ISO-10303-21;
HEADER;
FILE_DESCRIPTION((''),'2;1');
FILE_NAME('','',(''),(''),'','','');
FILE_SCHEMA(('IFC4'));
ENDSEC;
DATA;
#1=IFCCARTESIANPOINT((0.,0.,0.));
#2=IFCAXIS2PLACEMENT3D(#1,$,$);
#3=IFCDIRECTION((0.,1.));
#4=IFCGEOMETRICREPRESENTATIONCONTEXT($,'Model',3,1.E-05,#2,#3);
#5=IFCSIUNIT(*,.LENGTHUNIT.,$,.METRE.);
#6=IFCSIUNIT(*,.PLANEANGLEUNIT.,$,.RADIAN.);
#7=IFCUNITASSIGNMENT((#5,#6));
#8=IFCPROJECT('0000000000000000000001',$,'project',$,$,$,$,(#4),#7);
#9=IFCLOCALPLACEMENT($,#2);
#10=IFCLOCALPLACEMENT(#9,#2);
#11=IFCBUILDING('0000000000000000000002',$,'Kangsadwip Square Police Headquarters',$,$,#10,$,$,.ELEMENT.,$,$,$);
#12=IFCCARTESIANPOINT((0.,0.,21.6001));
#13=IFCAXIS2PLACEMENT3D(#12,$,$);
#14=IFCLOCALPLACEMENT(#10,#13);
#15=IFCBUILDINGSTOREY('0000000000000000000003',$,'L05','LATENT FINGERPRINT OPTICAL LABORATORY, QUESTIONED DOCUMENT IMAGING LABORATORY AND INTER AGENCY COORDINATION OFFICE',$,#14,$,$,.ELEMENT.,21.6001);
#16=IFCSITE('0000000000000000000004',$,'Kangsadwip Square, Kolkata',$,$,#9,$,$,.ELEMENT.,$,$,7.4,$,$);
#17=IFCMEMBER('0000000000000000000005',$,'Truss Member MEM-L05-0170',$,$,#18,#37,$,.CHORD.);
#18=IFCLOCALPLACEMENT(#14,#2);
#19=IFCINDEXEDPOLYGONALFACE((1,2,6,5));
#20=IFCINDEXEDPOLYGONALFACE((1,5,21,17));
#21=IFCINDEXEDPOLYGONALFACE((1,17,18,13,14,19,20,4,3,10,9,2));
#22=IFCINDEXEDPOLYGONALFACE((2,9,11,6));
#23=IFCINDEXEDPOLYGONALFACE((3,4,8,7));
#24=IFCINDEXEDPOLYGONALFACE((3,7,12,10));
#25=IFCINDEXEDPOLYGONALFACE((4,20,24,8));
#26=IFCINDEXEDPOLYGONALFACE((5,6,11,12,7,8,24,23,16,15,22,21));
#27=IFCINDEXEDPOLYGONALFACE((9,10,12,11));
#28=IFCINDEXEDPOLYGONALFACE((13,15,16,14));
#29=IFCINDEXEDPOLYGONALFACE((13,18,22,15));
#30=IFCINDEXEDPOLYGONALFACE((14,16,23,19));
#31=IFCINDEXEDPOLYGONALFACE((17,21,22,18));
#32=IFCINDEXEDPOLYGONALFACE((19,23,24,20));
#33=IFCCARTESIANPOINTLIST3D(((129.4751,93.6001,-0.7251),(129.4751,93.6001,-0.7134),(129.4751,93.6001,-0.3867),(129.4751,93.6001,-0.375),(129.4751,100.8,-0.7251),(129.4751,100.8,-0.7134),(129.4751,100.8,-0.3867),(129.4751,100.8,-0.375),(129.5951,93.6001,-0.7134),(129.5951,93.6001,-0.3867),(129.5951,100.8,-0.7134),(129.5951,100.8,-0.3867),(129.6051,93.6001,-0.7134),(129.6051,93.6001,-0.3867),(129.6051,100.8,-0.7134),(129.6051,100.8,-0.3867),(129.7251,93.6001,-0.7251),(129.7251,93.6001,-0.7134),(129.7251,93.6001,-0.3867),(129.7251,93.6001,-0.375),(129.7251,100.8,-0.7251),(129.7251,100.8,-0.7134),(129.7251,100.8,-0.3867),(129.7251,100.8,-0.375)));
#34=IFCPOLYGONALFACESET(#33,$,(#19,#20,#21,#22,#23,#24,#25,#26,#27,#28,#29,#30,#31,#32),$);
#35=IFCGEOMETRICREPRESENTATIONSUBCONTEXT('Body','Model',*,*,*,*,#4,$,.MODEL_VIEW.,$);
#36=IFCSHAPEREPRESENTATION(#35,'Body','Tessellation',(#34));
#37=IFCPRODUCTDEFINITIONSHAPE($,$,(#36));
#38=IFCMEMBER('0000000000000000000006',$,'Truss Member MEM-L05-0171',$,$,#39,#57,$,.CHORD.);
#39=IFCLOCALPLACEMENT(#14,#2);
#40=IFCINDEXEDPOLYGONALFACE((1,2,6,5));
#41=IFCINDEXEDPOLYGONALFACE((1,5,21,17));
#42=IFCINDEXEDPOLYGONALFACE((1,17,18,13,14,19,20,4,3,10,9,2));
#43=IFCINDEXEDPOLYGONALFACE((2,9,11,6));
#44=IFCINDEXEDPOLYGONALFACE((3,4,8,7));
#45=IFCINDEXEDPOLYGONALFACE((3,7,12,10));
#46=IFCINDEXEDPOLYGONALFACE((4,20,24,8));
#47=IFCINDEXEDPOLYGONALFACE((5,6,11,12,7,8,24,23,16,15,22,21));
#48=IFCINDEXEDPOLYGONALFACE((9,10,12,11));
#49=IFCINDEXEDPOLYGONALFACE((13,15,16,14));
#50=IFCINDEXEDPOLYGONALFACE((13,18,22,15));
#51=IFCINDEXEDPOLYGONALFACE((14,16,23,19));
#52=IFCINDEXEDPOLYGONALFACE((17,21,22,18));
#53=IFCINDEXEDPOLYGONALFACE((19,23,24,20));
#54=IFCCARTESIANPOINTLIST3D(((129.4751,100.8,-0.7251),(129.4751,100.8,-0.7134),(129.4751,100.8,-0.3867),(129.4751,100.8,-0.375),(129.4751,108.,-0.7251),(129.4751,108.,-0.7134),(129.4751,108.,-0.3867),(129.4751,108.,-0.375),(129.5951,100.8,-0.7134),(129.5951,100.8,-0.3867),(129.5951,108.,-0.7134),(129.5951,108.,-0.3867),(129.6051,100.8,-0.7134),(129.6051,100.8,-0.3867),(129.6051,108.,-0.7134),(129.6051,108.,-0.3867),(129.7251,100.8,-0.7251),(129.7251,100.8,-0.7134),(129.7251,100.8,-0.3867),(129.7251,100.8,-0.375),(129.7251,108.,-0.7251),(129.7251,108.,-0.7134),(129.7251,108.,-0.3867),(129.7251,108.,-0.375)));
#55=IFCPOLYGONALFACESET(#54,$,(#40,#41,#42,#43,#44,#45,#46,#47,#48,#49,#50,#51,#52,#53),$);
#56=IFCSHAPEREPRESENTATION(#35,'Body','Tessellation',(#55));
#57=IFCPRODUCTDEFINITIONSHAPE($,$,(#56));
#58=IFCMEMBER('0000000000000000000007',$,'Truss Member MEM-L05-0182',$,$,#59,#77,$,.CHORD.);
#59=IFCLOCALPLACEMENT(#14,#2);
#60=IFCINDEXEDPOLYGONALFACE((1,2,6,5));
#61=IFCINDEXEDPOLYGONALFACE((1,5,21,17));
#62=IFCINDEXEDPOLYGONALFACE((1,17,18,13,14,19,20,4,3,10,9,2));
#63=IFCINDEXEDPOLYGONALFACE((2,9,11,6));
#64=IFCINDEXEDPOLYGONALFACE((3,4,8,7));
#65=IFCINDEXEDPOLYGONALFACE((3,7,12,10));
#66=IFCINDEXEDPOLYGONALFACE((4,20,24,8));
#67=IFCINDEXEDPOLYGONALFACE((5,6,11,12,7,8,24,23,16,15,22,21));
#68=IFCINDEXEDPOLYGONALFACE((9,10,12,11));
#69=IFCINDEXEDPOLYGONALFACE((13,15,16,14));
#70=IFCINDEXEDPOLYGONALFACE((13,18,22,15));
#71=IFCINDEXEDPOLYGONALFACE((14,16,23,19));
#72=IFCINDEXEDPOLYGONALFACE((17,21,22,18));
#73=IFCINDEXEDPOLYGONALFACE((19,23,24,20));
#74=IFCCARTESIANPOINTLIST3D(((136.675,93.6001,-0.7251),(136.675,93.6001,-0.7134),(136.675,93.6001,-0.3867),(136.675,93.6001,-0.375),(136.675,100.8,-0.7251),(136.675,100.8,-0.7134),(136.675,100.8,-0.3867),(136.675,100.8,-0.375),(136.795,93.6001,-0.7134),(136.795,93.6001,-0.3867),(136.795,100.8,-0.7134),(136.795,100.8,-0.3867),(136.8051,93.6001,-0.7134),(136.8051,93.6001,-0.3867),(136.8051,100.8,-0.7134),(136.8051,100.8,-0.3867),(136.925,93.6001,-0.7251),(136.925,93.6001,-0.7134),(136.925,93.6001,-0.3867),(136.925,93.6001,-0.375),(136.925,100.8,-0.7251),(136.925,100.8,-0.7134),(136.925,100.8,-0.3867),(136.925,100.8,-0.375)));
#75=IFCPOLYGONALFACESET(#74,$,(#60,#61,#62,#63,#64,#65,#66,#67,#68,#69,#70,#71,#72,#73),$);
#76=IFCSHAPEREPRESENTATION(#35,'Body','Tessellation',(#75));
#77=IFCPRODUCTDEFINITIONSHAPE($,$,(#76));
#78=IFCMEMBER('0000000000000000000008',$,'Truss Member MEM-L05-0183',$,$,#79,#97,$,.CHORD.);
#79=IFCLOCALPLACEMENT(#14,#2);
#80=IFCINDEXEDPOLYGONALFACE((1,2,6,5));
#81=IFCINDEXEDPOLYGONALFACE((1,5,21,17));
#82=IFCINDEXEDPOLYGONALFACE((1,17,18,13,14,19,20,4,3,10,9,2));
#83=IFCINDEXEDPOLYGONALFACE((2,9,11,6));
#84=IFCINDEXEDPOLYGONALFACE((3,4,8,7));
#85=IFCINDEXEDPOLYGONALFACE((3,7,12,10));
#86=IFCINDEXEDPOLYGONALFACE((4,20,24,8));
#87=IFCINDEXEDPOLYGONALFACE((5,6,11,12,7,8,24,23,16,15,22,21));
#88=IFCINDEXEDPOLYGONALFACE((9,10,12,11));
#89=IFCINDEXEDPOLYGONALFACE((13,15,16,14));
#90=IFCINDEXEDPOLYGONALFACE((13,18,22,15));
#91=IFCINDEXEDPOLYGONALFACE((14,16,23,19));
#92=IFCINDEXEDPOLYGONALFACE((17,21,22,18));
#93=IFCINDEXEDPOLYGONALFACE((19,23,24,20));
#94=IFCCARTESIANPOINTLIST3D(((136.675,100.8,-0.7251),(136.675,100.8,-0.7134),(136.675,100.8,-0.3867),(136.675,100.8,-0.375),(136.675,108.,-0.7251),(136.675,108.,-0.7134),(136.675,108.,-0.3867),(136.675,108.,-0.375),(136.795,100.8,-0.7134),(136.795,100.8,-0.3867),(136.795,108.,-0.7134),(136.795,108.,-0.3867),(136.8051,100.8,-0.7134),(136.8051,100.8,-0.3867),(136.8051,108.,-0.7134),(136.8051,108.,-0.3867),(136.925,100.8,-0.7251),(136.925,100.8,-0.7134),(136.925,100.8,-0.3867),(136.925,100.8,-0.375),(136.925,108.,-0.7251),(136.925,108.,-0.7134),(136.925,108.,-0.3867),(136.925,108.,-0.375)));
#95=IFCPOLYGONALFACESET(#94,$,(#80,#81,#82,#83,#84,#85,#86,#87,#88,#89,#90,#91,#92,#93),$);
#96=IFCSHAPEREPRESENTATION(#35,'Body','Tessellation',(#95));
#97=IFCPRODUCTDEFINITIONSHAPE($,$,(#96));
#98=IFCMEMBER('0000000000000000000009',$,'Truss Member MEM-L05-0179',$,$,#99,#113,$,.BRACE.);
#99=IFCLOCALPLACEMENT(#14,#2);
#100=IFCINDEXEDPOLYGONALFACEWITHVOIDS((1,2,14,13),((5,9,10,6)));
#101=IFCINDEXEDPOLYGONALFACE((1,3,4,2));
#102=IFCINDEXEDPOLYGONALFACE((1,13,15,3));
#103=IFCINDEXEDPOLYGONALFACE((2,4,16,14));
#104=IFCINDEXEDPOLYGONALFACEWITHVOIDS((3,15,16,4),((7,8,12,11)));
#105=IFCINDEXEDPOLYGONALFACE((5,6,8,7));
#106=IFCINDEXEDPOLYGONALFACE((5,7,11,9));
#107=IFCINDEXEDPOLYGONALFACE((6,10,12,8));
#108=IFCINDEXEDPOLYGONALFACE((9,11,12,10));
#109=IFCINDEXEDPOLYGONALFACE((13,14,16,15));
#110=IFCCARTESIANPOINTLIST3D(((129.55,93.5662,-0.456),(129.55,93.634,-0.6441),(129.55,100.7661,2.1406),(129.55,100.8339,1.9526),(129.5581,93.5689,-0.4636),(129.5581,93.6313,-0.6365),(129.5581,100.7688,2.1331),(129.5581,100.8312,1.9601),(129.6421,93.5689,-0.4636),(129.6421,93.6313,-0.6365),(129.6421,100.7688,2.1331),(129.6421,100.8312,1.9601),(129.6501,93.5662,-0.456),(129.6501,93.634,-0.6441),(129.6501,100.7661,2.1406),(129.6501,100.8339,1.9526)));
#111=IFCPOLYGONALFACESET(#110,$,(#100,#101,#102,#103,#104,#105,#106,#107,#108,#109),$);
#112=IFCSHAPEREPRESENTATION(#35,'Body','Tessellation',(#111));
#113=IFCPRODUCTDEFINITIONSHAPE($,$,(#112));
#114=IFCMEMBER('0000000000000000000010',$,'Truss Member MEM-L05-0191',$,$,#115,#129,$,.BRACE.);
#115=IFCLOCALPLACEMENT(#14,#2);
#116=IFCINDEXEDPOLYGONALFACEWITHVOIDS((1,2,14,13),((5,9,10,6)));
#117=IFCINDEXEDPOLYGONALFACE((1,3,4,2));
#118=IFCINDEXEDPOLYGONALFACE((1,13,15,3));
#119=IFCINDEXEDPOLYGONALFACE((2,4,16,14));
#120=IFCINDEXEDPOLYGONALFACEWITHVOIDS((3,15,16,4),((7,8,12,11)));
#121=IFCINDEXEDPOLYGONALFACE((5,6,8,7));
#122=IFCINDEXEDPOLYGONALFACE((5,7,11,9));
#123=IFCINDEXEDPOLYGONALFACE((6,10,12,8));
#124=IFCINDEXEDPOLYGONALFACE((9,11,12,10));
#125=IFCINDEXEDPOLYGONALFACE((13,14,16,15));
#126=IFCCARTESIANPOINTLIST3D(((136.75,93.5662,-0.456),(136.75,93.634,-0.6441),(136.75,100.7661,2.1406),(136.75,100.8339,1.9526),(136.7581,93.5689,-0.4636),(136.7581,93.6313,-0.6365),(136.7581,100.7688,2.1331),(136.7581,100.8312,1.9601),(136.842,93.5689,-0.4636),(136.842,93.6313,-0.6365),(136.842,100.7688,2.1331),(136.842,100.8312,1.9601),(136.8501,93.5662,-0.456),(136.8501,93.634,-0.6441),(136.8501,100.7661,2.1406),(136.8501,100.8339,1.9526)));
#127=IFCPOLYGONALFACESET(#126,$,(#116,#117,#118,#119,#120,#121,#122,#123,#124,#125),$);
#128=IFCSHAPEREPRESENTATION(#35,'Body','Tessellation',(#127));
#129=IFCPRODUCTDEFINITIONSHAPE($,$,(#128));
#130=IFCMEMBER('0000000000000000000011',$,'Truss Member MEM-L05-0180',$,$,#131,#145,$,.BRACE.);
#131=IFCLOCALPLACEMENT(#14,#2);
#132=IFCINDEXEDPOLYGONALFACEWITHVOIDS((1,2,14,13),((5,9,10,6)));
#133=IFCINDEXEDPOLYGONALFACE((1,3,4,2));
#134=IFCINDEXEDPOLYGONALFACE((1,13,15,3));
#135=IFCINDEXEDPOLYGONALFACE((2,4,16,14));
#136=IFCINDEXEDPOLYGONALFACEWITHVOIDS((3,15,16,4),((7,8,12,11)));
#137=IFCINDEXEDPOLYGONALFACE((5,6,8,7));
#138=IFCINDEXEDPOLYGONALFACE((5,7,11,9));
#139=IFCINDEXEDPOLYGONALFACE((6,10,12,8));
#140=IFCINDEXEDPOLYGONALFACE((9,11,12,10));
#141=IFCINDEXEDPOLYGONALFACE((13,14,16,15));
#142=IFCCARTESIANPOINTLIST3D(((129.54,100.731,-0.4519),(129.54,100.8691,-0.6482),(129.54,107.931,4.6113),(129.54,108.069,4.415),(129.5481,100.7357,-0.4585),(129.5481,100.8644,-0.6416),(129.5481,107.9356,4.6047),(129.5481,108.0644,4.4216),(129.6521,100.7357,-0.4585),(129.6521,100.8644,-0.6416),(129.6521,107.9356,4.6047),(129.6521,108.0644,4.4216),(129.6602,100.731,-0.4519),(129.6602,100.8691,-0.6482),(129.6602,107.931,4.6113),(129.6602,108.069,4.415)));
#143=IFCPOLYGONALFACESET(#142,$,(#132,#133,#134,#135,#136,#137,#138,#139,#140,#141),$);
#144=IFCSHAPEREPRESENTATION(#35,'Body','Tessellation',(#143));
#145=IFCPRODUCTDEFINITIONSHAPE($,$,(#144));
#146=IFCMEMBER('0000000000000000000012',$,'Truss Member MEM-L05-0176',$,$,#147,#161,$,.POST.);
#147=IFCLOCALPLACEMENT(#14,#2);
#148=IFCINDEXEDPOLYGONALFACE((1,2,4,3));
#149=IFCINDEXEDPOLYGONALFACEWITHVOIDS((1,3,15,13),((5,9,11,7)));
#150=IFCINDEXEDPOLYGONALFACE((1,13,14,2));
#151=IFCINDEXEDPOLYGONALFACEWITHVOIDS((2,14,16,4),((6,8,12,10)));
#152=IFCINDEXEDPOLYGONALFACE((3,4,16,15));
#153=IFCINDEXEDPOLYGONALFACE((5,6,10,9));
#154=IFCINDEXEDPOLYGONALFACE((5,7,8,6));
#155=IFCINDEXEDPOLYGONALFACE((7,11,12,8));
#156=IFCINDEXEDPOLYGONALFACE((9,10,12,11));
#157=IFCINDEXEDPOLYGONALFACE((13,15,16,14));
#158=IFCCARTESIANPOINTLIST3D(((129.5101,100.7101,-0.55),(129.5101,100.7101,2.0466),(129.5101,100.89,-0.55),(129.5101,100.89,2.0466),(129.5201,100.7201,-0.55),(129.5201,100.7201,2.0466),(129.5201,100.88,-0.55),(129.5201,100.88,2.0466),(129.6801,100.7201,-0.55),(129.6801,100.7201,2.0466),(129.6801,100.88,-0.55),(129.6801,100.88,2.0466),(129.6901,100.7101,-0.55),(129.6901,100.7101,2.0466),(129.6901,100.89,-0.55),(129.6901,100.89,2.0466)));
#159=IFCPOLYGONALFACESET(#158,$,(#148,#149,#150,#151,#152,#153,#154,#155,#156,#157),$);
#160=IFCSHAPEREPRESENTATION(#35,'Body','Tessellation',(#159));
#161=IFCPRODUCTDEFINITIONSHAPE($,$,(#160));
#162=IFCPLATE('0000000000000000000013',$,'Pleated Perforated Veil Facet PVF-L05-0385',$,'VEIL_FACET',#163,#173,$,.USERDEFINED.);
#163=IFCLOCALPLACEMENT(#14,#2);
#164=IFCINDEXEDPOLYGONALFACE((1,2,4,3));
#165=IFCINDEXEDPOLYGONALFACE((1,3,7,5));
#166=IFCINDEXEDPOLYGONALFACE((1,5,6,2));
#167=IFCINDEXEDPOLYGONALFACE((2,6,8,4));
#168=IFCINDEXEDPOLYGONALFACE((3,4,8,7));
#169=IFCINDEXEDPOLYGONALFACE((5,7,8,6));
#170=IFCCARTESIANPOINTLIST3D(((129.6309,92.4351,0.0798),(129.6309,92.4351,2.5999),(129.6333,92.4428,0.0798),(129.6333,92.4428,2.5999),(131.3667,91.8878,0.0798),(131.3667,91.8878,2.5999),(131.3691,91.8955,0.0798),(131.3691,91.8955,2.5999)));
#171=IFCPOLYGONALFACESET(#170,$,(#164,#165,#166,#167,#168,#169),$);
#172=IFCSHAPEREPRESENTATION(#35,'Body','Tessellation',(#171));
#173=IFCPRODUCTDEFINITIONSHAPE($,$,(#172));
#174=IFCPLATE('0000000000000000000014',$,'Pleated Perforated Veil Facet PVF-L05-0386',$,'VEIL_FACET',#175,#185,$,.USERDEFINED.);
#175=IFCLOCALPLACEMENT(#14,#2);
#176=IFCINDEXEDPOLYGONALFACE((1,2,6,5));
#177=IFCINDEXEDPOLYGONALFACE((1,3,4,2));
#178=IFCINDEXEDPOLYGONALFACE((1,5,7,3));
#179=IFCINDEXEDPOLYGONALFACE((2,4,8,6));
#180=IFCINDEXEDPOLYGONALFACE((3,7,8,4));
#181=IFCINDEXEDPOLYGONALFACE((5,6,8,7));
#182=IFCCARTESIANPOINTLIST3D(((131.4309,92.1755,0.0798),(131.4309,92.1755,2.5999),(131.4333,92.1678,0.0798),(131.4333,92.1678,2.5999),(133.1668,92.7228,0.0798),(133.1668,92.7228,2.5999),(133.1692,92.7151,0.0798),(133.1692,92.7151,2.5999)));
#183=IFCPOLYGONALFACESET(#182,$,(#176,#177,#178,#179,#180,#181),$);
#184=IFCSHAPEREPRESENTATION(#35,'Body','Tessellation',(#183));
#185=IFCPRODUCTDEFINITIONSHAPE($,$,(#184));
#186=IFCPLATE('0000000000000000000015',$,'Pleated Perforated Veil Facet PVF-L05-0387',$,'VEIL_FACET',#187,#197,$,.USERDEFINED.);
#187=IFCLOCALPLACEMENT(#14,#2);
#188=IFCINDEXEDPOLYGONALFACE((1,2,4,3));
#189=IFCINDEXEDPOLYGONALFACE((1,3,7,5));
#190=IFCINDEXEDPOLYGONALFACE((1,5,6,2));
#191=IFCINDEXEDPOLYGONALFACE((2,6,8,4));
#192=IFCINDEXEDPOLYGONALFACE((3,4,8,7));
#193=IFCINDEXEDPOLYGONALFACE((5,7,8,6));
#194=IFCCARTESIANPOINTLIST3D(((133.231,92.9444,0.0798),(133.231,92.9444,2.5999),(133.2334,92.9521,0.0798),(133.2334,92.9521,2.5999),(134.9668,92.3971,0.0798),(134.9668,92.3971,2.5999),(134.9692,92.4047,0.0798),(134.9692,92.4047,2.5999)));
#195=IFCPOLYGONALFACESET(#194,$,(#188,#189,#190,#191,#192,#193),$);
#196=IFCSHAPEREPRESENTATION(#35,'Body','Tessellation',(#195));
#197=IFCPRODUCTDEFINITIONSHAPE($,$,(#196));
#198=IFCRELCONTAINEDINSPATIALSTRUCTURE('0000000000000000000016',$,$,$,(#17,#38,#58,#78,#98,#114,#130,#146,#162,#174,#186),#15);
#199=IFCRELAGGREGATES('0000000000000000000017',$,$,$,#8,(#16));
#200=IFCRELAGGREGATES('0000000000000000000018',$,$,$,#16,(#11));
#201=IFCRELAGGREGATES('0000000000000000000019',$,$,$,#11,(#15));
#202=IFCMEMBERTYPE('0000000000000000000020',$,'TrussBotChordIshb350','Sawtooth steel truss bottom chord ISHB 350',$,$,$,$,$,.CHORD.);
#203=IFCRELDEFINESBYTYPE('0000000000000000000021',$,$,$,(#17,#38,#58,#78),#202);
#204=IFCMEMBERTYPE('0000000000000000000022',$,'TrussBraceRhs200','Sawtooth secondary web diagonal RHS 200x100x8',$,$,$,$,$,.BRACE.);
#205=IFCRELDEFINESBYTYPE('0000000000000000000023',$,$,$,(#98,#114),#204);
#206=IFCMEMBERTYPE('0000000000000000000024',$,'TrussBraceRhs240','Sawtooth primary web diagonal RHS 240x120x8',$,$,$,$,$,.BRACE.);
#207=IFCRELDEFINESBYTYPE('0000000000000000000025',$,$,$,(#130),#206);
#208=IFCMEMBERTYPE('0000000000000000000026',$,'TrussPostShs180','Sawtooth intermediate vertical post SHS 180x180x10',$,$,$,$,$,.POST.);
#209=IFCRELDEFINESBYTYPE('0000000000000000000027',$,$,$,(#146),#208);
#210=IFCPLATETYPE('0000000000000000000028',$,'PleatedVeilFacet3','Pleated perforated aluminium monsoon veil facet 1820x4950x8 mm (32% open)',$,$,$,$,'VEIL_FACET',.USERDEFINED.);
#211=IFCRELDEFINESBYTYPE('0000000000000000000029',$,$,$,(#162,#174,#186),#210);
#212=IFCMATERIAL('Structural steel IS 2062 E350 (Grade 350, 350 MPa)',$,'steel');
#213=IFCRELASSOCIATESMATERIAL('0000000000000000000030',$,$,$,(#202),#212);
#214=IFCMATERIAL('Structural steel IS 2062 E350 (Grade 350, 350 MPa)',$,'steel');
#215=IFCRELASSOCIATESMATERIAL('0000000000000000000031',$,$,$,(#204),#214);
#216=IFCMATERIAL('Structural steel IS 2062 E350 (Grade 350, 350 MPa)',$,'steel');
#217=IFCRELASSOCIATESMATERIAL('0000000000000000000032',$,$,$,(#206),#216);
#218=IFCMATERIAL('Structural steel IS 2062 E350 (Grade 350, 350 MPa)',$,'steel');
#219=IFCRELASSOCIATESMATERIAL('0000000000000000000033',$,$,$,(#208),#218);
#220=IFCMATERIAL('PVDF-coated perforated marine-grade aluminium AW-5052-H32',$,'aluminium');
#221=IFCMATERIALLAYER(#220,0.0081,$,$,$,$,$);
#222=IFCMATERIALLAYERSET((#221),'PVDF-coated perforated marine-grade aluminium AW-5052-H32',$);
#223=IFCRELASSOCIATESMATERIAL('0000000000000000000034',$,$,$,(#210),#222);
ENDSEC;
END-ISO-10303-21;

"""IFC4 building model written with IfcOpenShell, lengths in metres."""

from ifc_helpers import new_model, si_unit, direction, frame, origin, origin_2d, place, context, subcontext, project, spatial, rectangle, hollow_rectangle, i_section, extrude, material, layer, layer_set, material_profile, profile_set, type_object, element, save


model = new_model("IFC4")

# Units and contexts
model_context = context("Model", 3, precision=1e-05, world=origin(), true_north=direction((0.0, 1.0)))
body_context = subcontext(model_context, "Body", "Model", "MODEL_VIEW")
ifc_project = project(units=[si_unit("LENGTHUNIT", "METRE"), si_unit("PLANEANGLEUNIT", "RADIAN")], contexts=[model_context])

# Site, building, storey
site_placement = place(None, origin())
site = spatial("IfcSite", under=ifc_project, at=site_placement, Name="Kangsadwip Square, Kolkata", CompositionType="ELEMENT", RefElevation=7.4)
building_placement = place(site_placement, origin())
building = spatial("IfcBuilding", under=site, at=building_placement, Name="Kangsadwip Square Police Headquarters", CompositionType="ELEMENT")
storey_placement = place(building_placement, frame((0.0, 0.0, 21.6001)))
storey = spatial("IfcBuildingStorey", under=building, at=storey_placement, Name="L05", Description="LATENT FINGERPRINT OPTICAL LABORATORY, QUESTIONED DOCUMENT IMAGING LABORATORY AND INTER AGENCY COORDINATION OFFICE", CompositionType="ELEMENT", Elevation=21.6001)

# Members
ifc_material_1 = material(Name="Structural steel IS 2062 E350 (Grade 350, 350 MPa)", Category="steel")
ifc_material_profile_1 = material_profile(ifc_material_1, i_section(OverallWidth=0.25, OverallDepth=0.3501, WebThickness=0.01, FlangeThickness=0.0117, at=origin_2d()), Name="ISHB 350")
ifc_profile_set_1 = profile_set([ifc_material_profile_1], Name="Structural steel IS 2062 E350 (Grade 350, 350 MPa)")
member_type_1 = type_object("IfcMemberType", Name="TrussBotChordIshb350", Description="Sawtooth steel truss bottom chord ISHB 350", PredefinedType="CHORD", material=ifc_profile_set_1)
for number, where, z_axis, x_axis, name in (
    (1, (129.6001, 93.6001, -0.55), (0.0, 1.0, 0.0), (-1.0, 0.0, 0.0), "Truss Member MEM-L05-0170"),
    (2, (129.6001, 100.8, -0.55), (0.0, 1.0, 0.0), (-1.0, 0.0, 0.0), "Truss Member MEM-L05-0171"),
    (3, (136.8, 93.6001, -0.55), (0.0, 1.0, 0.0), (-1.0, 0.0, 0.0), "Truss Member MEM-L05-0182"),
    (4, (136.8, 100.8, -0.55), (0.0, 1.0, 0.0), (-1.0, 0.0, 0.0), "Truss Member MEM-L05-0183"),
):
    element("IfcMember", number, at=place(storey_placement, frame(where, z_axis=z_axis, x_axis=x_axis)), inside=storey, type_object=member_type_1, Name=name, PredefinedType="CHORD", context=body_context, shape_type="SweptSolid", body=[
        extrude(i_section(OverallWidth=0.25, OverallDepth=0.3501, WebThickness=0.01, FlangeThickness=0.0117, at=origin_2d()), origin(), (0.0, 0.0, 1.0), 7.2),
    ])
ifc_material_2 = material(Name="Structural steel IS 2062 E350 (Grade 350, 350 MPa)", Category="steel")
ifc_material_profile_2 = material_profile(ifc_material_2, hollow_rectangle(XDim=0.1001, YDim=0.2, WallThickness=0.0081, at=origin_2d()), Name="RHS 200X100X8")
ifc_profile_set_2 = profile_set([ifc_material_profile_2], Name="Structural steel IS 2062 E350 (Grade 350, 350 MPa)")
member_type_2 = type_object("IfcMemberType", Name="TrussBraceRhs200", Description="Sawtooth secondary web diagonal RHS 200x100x8", PredefinedType="BRACE", material=ifc_profile_set_2)
for number, where, z_axis, x_axis, name in (
    (5, (129.6001, 93.6001, -0.55), (0.0, 0.940692, 0.339263), (-1.0, 0.0, 0.0), "Truss Member MEM-L05-0179"),
    (6, (136.8, 93.6001, -0.55), (0.0, 0.940692, 0.339263), (-1.0, 0.0, 0.0), "Truss Member MEM-L05-0191"),
):
    element("IfcMember", number, at=place(storey_placement, frame(where, z_axis=z_axis, x_axis=x_axis)), inside=storey, type_object=member_type_2, Name=name, PredefinedType="BRACE", context=body_context, shape_type="SweptSolid", body=[
        extrude(hollow_rectangle(XDim=0.1001, YDim=0.2, WallThickness=0.0081, at=origin_2d()), origin(), (0.0, 0.0, 1.0), 7.6538),
    ])
ifc_material_3 = material(Name="Structural steel IS 2062 E350 (Grade 350, 350 MPa)", Category="steel")
ifc_material_profile_3 = material_profile(ifc_material_3, hollow_rectangle(XDim=0.1201, YDim=0.24, WallThickness=0.0081, at=origin_2d()), Name="RHS 240X120X8")
ifc_profile_set_3 = profile_set([ifc_material_profile_3], Name="Structural steel IS 2062 E350 (Grade 350, 350 MPa)")
member_type_3 = type_object("IfcMemberType", Name="TrussBraceRhs240", Description="Sawtooth primary web diagonal RHS 240x120x8", PredefinedType="BRACE", material=ifc_profile_set_3)
member_1_placement = place(storey_placement, frame((129.6001, 100.8, -0.55), z_axis=(0.0, 0.817988, 0.575235), x_axis=(-1.0, 0.0, 0.0)))
element("IfcMember", 7, at=member_1_placement, inside=storey, type_object=member_type_3, Name="Truss Member MEM-L05-0180", PredefinedType="BRACE", context=body_context, shape_type="SweptSolid", body=[
    extrude(hollow_rectangle(XDim=0.1201, YDim=0.24, WallThickness=0.0081, at=origin_2d()), origin(), (0.0, 0.0, 1.0), 8.802),
])
ifc_material_4 = material(Name="Structural steel IS 2062 E350 (Grade 350, 350 MPa)", Category="steel")
ifc_material_profile_4 = material_profile(ifc_material_4, hollow_rectangle(XDim=0.1799, YDim=0.1799, WallThickness=0.01, at=origin_2d()), Name="SHS 180X180X10")
ifc_profile_set_4 = profile_set([ifc_material_profile_4], Name="Structural steel IS 2062 E350 (Grade 350, 350 MPa)")
member_type_4 = type_object("IfcMemberType", Name="TrussPostShs180", Description="Sawtooth intermediate vertical post SHS 180x180x10", PredefinedType="POST", material=ifc_profile_set_4)
member_2_placement = place(storey_placement, frame((129.6001, 100.8, -0.55), z_axis=(0.0, 0.0, 1.0), x_axis=(1.0, 0.0, 0.0)))
element("IfcMember", 8, at=member_2_placement, inside=storey, type_object=member_type_4, Name="Truss Member MEM-L05-0176", PredefinedType="POST", context=body_context, shape_type="SweptSolid", body=[
    extrude(hollow_rectangle(XDim=0.1799, YDim=0.1799, WallThickness=0.01, at=origin_2d()), origin(), (0.0, 0.0, 1.0), 2.5967),
])

# Plates
ifc_material_5 = material(Name="PVDF-coated perforated marine-grade aluminium AW-5052-H32", Category="aluminium")
ifc_layer_1 = layer(ifc_material_5, 0.0081)
ifc_layer_set_1 = layer_set([ifc_layer_1], Name="PVDF-coated perforated marine-grade aluminium AW-5052-H32")
plate_type_1 = type_object("IfcPlateType", Name="PleatedVeilFacet3", Description="Pleated perforated aluminium monsoon veil facet 1820x4950x8 mm (32% open)", ElementType="VEIL_FACET", PredefinedType="USERDEFINED", material=ifc_layer_set_1)
for number, where, z_axis, x_axis, name in (
    (9, (130.5, 92.1653, 0.0798), (0.0, 0.0, 1.0), (0.953717, -0.300706, 0.0), "Pleated Perforated Veil Facet PVF-L05-0385"),
    (10, (132.3, 92.4453, 0.0798), (0.0, 0.0, 1.0), (0.953717, 0.300706, 0.0), "Pleated Perforated Veil Facet PVF-L05-0386"),
    (11, (134.1001, 92.6746, 0.0798), (0.0, 0.0, 1.0), (0.953717, -0.300706, 0.0), "Pleated Perforated Veil Facet PVF-L05-0387"),
):
    element("IfcPlate", number, at=place(storey_placement, frame(where, z_axis=z_axis, x_axis=x_axis)), inside=storey, type_object=plate_type_1, Name=name, ObjectType="VEIL_FACET", PredefinedType="USERDEFINED", context=body_context, shape_type="SweptSolid", body=[
        extrude(rectangle(XDim=1.8201, YDim=0.0081, at=origin_2d()), origin(), (0.0, 0.0, 1.0), 2.52),
    ])

save(model, "model.ifc")
